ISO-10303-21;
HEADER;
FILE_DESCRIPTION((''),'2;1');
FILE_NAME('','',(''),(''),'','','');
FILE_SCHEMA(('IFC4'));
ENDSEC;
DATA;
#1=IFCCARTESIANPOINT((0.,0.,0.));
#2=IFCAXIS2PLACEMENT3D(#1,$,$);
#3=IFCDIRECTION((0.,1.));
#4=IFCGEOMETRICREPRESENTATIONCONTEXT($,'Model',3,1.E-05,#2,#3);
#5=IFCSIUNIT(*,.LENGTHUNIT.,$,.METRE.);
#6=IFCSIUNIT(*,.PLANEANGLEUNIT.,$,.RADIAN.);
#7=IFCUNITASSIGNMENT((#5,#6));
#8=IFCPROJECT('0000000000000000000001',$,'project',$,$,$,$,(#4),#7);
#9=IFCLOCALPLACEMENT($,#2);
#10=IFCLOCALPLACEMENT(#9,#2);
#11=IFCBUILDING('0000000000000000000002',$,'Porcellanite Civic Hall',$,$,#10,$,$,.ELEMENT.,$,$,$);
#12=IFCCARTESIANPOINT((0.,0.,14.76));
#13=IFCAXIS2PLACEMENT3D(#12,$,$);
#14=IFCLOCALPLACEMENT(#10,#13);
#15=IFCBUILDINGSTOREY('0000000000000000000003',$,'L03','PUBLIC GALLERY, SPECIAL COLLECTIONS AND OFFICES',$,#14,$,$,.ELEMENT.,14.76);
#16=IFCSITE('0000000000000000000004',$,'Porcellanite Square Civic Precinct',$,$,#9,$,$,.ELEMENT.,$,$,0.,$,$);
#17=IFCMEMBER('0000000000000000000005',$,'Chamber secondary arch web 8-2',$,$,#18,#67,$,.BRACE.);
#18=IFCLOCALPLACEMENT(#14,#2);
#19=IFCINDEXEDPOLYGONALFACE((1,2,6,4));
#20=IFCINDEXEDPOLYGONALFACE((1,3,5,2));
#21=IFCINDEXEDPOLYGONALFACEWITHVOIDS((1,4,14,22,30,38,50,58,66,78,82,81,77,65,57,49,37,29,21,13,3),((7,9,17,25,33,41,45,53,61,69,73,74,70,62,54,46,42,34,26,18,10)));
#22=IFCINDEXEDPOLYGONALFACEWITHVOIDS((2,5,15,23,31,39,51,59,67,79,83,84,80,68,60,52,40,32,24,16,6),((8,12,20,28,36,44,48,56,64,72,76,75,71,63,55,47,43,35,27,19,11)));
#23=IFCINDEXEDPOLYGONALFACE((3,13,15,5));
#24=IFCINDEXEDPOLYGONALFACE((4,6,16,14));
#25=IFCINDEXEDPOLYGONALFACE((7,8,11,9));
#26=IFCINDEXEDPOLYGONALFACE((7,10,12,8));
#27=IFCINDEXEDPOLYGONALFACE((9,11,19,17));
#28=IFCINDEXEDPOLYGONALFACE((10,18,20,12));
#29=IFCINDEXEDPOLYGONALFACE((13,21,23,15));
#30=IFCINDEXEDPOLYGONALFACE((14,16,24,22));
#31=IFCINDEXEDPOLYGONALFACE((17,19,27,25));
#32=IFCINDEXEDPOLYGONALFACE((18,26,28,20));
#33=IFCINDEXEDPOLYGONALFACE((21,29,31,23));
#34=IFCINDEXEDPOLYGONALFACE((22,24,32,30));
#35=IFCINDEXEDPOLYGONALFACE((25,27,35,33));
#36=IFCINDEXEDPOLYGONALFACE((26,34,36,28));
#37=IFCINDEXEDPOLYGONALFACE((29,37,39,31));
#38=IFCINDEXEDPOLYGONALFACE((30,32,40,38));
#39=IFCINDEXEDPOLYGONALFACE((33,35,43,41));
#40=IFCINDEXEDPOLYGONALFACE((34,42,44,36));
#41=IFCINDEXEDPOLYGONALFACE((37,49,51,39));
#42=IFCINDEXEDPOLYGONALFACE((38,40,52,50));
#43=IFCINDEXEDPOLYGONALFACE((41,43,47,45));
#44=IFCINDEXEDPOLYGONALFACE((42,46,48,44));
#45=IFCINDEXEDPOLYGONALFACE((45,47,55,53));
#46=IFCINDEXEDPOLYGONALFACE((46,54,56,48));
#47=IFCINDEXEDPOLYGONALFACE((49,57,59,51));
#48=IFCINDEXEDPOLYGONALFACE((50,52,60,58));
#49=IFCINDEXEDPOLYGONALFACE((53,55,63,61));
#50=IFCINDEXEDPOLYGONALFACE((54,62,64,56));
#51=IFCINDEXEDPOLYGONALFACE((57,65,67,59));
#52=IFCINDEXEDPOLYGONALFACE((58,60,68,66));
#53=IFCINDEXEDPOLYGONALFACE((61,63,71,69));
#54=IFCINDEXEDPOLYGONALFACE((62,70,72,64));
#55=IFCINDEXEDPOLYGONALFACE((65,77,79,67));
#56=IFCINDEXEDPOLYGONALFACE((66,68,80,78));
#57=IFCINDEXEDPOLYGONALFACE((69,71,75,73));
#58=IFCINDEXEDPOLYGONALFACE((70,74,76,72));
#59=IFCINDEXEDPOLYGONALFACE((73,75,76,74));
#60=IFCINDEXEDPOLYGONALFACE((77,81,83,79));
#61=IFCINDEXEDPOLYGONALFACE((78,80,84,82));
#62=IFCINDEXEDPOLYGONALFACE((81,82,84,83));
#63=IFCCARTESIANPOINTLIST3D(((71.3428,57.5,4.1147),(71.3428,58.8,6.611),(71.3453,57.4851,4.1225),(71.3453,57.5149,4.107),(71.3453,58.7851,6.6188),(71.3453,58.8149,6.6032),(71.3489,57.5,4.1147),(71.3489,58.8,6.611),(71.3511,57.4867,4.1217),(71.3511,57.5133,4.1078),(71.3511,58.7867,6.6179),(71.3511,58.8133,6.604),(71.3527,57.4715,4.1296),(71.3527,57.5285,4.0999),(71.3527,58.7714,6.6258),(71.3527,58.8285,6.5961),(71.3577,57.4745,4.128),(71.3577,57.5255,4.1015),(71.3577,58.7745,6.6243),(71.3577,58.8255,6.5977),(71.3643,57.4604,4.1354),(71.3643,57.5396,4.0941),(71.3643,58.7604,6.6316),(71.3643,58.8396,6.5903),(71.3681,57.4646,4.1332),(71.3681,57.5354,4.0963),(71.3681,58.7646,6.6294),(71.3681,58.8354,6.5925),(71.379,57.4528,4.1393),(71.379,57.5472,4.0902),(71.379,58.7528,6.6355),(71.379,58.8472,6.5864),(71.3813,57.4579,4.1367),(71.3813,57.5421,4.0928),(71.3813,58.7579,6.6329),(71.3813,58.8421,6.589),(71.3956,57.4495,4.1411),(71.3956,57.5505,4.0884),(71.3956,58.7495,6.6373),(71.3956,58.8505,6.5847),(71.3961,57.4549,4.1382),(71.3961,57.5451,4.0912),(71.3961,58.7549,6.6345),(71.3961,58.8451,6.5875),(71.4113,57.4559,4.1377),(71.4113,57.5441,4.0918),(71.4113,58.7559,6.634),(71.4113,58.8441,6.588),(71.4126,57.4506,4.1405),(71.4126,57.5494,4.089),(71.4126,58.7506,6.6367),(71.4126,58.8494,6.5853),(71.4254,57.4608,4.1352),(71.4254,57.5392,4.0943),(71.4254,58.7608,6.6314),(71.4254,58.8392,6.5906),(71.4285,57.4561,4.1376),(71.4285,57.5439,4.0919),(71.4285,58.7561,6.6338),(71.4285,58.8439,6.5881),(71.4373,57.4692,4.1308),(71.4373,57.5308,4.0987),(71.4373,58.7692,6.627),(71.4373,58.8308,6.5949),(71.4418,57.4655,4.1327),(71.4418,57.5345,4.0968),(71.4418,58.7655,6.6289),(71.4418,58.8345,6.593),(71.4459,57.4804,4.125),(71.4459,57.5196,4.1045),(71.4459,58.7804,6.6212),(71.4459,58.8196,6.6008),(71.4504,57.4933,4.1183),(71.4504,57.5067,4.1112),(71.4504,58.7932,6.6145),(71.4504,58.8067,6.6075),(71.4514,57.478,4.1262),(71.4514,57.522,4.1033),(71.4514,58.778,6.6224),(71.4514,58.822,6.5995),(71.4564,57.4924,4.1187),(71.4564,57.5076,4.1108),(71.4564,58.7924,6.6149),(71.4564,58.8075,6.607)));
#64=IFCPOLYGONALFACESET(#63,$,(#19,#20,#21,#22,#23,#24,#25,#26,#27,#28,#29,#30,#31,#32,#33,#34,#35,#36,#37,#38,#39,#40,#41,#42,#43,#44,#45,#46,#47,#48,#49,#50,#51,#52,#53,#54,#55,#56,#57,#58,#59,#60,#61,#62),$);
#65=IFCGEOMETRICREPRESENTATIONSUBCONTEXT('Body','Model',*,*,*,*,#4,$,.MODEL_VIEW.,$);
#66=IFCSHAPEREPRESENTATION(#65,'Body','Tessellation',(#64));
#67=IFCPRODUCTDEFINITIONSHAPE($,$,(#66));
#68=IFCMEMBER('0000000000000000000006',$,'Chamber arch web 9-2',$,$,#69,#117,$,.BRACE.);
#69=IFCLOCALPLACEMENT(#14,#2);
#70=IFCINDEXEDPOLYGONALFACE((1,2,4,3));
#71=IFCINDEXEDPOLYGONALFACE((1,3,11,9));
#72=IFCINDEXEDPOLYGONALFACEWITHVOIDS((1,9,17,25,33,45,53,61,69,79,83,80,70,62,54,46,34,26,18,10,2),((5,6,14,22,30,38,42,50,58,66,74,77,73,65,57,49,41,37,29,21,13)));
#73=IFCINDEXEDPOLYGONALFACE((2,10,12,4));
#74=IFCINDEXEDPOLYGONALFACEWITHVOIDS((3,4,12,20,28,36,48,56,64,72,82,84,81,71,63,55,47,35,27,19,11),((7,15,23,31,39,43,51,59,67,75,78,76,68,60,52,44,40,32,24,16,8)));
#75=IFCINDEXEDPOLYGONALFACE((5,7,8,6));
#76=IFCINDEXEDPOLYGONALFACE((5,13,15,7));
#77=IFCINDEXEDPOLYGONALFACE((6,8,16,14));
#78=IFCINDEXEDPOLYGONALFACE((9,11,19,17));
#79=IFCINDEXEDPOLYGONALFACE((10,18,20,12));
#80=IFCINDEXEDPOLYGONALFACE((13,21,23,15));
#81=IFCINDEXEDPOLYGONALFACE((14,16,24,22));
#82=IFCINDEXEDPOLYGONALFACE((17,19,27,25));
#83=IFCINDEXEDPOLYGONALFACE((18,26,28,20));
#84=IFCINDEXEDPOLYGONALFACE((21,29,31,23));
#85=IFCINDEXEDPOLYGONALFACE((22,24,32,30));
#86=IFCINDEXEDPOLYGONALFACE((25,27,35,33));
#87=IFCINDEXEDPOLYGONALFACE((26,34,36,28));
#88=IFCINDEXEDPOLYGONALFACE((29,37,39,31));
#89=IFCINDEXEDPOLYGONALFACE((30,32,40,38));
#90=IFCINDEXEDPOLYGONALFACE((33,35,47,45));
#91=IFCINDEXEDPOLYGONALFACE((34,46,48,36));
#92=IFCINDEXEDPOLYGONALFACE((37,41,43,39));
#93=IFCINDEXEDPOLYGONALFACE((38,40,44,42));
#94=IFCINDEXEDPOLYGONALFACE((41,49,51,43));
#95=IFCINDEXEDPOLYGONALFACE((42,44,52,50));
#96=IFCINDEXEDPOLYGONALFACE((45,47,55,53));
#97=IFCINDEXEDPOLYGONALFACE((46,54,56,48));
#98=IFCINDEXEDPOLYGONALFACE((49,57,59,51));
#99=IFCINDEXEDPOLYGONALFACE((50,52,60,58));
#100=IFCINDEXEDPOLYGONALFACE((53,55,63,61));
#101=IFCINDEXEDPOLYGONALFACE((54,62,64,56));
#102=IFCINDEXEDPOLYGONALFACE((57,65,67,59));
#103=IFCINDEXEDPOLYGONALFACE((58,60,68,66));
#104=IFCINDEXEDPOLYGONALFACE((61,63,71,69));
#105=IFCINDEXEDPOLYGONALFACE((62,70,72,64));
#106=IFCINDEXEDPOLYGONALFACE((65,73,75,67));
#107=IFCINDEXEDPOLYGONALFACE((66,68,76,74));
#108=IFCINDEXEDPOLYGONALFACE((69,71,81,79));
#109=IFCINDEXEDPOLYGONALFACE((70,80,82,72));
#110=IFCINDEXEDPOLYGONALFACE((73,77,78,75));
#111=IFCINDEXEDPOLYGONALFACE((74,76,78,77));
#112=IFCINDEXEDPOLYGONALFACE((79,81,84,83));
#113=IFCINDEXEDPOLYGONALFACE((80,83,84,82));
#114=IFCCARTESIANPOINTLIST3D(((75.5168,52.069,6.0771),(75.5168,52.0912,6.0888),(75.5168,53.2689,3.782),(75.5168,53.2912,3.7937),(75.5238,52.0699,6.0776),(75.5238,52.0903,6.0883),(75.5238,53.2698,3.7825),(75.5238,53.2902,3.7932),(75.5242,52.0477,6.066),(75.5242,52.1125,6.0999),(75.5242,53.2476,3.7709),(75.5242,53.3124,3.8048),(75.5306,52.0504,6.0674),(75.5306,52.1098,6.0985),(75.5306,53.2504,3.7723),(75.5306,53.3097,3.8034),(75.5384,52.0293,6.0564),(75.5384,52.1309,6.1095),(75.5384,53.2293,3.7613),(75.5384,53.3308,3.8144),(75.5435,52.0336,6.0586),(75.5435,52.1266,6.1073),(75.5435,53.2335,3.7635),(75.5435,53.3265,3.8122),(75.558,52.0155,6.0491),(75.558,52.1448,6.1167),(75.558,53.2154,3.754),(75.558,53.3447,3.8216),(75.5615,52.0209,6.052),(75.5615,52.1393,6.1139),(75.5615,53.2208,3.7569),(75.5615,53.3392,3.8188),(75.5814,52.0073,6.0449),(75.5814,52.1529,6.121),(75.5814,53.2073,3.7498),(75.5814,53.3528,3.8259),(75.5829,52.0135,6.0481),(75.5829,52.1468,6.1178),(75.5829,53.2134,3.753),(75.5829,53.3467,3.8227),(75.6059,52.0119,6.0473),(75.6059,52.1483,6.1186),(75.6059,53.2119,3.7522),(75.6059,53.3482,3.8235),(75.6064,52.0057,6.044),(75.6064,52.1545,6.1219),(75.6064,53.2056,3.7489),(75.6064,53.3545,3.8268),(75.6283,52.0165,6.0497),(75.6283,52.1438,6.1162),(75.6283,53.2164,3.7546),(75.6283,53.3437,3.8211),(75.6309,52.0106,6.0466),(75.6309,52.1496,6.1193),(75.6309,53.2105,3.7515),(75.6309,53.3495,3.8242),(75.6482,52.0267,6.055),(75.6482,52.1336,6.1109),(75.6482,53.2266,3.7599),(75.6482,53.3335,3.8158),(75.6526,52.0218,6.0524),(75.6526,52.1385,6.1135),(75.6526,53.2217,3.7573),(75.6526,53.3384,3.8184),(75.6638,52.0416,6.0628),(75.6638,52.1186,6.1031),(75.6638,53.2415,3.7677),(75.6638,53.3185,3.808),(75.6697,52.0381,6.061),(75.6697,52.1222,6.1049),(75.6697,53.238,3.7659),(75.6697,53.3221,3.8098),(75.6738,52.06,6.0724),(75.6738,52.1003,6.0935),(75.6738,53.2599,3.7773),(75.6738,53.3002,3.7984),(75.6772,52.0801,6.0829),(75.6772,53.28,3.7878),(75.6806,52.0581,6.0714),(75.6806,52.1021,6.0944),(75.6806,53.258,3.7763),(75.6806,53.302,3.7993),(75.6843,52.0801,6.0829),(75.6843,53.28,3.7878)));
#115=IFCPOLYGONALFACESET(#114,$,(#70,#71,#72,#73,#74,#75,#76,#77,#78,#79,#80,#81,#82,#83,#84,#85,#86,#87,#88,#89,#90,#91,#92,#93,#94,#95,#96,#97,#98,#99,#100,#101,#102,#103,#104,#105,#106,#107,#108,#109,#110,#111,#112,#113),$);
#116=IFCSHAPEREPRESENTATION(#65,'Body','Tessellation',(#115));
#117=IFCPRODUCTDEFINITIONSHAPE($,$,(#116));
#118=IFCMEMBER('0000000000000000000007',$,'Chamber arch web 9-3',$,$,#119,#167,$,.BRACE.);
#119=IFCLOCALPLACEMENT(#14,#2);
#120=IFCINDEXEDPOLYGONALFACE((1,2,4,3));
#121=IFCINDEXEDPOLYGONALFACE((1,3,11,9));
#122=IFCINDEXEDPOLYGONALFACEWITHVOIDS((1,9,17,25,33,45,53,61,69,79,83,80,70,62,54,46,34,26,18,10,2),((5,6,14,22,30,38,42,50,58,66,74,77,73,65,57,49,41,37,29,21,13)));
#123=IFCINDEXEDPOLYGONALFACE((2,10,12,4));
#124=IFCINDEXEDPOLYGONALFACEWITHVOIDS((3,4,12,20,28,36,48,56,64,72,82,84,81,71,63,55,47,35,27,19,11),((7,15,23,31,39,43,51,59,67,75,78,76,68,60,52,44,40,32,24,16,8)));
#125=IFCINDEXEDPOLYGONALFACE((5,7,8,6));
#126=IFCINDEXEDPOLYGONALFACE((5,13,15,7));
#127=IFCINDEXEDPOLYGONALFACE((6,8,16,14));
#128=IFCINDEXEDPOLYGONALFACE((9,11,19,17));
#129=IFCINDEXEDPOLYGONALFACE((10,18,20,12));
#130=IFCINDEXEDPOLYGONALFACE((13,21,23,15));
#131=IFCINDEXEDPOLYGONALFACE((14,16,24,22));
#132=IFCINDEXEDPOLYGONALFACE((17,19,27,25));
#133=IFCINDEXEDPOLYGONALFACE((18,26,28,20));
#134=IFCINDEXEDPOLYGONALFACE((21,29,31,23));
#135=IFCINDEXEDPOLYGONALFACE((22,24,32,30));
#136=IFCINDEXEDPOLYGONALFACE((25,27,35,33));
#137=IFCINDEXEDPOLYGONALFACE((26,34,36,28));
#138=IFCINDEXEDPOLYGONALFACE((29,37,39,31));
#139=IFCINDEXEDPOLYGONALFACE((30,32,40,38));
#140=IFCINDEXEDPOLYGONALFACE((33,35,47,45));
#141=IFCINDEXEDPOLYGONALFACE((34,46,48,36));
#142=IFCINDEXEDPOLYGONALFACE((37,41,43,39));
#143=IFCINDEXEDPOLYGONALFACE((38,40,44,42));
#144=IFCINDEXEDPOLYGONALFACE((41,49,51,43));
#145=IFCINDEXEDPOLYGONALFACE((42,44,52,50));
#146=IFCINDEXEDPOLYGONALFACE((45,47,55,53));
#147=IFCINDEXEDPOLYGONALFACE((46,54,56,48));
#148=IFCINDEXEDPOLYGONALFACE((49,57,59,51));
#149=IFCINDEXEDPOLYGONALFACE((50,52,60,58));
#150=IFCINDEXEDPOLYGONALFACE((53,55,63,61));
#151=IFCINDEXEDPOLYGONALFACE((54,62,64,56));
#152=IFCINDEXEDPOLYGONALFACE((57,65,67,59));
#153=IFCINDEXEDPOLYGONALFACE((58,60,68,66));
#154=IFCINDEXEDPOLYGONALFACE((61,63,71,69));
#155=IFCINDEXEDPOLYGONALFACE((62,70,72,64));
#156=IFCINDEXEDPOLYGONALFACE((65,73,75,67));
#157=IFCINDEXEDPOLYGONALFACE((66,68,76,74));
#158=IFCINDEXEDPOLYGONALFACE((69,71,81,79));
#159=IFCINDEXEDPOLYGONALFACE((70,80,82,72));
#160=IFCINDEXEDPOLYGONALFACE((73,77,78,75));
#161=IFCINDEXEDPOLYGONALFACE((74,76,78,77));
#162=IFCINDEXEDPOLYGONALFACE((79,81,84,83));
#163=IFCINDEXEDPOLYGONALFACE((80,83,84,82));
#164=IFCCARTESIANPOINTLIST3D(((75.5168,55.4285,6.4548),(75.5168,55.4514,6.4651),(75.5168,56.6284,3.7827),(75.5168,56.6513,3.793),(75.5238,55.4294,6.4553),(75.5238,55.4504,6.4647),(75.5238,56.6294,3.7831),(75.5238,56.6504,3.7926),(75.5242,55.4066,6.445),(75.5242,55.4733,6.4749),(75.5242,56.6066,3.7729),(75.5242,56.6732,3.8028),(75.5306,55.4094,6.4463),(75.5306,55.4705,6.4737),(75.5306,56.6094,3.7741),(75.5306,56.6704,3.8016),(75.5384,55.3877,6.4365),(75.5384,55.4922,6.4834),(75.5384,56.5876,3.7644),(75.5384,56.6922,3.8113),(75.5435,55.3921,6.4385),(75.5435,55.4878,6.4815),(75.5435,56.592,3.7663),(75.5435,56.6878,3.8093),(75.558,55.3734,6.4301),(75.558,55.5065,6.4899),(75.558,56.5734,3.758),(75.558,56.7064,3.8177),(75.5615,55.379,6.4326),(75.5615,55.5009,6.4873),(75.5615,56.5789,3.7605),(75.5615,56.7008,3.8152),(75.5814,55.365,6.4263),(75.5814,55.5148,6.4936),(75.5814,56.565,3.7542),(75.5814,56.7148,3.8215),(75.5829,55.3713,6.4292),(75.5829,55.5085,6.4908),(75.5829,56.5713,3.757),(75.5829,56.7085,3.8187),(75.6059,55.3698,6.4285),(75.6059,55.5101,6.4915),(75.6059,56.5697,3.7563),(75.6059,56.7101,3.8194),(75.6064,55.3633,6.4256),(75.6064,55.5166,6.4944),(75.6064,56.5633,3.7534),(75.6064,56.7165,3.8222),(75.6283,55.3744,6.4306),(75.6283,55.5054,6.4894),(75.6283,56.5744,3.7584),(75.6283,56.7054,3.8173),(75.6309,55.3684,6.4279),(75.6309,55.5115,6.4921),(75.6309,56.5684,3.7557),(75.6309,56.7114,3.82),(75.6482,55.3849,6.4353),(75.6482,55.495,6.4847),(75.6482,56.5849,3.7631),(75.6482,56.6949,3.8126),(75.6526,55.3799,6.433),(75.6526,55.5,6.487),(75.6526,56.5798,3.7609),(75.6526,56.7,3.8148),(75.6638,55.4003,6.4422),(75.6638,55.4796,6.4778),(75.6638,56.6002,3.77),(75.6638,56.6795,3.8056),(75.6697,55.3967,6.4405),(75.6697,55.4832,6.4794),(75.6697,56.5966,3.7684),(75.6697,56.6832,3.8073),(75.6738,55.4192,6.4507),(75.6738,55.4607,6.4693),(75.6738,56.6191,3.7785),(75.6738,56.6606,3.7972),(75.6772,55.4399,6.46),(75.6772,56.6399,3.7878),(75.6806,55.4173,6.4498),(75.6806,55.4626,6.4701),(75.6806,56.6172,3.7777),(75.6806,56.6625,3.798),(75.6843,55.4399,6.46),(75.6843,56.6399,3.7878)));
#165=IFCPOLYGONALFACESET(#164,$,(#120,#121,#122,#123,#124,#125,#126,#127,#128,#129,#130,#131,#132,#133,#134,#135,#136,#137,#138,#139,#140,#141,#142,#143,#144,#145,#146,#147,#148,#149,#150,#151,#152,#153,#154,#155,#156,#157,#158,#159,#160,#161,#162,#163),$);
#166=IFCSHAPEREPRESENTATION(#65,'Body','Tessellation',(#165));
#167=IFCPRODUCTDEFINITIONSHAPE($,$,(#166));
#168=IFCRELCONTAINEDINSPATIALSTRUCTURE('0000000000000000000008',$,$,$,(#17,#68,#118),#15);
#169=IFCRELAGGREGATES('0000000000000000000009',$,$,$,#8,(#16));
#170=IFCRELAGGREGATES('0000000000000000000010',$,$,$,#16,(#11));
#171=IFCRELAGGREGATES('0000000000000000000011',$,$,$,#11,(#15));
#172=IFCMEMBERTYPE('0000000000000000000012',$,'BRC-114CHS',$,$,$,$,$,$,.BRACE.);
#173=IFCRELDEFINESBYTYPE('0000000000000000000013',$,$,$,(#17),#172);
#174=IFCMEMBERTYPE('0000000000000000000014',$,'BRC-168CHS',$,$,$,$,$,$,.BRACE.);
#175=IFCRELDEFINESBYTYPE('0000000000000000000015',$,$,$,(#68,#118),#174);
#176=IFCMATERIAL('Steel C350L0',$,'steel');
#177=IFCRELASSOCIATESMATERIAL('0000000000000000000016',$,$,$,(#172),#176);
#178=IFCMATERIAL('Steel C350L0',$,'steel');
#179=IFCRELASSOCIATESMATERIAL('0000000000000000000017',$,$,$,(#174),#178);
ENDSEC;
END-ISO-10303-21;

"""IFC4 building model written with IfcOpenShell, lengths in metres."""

from ifc_helpers import new_model, si_unit, direction, frame, origin, origin_2d, place, context, subcontext, project, spatial, hollow_circle, extrude, material, material_profile, profile_set, type_object, element, save


model = new_model("IFC4")

# Units and contexts
model_context = context("Model", 3, precision=1e-05, world=origin(), true_north=direction((0.0, 1.0)))
body_context = subcontext(model_context, "Body", "Model", "MODEL_VIEW")
ifc_project = project(units=[si_unit("LENGTHUNIT", "METRE"), si_unit("PLANEANGLEUNIT", "RADIAN")], contexts=[model_context])

# Site, building, storey
site_placement = place(None, origin())
site = spatial("IfcSite", under=ifc_project, at=site_placement, Name="Porcellanite Square Civic Precinct", CompositionType="ELEMENT", RefElevation=0.0)
building_placement = place(site_placement, origin())
building = spatial("IfcBuilding", under=site, at=building_placement, Name="Porcellanite Civic Hall", CompositionType="ELEMENT")
storey_placement = place(building_placement, frame((0.0, 0.0, 14.76)))
storey = spatial("IfcBuildingStorey", under=building, at=storey_placement, Name="L03", Description="PUBLIC GALLERY, SPECIAL COLLECTIONS AND OFFICES", CompositionType="ELEMENT", Elevation=14.76)

# Members
ifc_material_1 = material(Name="Steel C350L0", Category="steel")
ifc_material_profile_1 = material_profile(ifc_material_1, hollow_circle(Radius=0.0571, WallThickness=0.0061, at=origin_2d()), Name="114.3x6.0CHS")
ifc_profile_set_1 = profile_set([ifc_material_profile_1], Name="Steel C350L0")
member_type_1 = type_object("IfcMemberType", Name="BRC-114CHS", PredefinedType="BRACE", material=ifc_profile_set_1)
member_1_placement = place(storey_placement, frame((71.3999, 57.5, 4.1147), z_axis=(0.0, 0.461899, 0.886933), x_axis=(-1.0, 0.0, 0.0)))
element("IfcMember", 1, at=member_1_placement, inside=storey, type_object=member_type_1, Name="Chamber secondary arch web 8-2", PredefinedType="BRACE", context=body_context, shape_type="SweptSolid", body=[
    extrude(hollow_circle(Radius=0.0571, WallThickness=0.0061, at=origin_2d()), origin(), (0.0, 0.0, 1.0), 2.8145),
])
ifc_material_2 = material(Name="Steel C350L0", Category="steel")
ifc_material_profile_2 = material_profile(ifc_material_2, hollow_circle(Radius=0.0842, WallThickness=0.0071, at=origin_2d()), Name="168.3x7.1CHS")
ifc_profile_set_2 = profile_set([ifc_material_profile_2], Name="Steel C350L0")
member_type_2 = type_object("IfcMemberType", Name="BRC-168CHS", PredefinedType="BRACE", material=ifc_profile_set_2)
member_2_placement = place(storey_placement, frame((75.6001, 53.28, 3.7878), z_axis=(0.0, -0.463316, 0.886193), x_axis=(1.0, 0.0, 0.0)))
element("IfcMember", 2, at=member_2_placement, inside=storey, type_object=member_type_2, Name="Chamber arch web 9-2", PredefinedType="BRACE", context=body_context, shape_type="SweptSolid", body=[
    extrude(hollow_circle(Radius=0.0842, WallThickness=0.0071, at=origin_2d()), origin(), (0.0, 0.0, 1.0), 2.5898),
])
member_3_placement = place(storey_placement, frame((75.6001, 56.6399, 3.7878), z_axis=(0.0, -0.409654, 0.912241), x_axis=(1.0, 0.0, 0.0)))
element("IfcMember", 3, at=member_3_placement, inside=storey, type_object=member_type_2, Name="Chamber arch web 9-3", PredefinedType="BRACE", context=body_context, shape_type="SweptSolid", body=[
    extrude(hollow_circle(Radius=0.0842, WallThickness=0.0071, at=origin_2d()), origin(), (0.0, 0.0, 1.0), 2.9292),
])

save(model, "model.ifc")
